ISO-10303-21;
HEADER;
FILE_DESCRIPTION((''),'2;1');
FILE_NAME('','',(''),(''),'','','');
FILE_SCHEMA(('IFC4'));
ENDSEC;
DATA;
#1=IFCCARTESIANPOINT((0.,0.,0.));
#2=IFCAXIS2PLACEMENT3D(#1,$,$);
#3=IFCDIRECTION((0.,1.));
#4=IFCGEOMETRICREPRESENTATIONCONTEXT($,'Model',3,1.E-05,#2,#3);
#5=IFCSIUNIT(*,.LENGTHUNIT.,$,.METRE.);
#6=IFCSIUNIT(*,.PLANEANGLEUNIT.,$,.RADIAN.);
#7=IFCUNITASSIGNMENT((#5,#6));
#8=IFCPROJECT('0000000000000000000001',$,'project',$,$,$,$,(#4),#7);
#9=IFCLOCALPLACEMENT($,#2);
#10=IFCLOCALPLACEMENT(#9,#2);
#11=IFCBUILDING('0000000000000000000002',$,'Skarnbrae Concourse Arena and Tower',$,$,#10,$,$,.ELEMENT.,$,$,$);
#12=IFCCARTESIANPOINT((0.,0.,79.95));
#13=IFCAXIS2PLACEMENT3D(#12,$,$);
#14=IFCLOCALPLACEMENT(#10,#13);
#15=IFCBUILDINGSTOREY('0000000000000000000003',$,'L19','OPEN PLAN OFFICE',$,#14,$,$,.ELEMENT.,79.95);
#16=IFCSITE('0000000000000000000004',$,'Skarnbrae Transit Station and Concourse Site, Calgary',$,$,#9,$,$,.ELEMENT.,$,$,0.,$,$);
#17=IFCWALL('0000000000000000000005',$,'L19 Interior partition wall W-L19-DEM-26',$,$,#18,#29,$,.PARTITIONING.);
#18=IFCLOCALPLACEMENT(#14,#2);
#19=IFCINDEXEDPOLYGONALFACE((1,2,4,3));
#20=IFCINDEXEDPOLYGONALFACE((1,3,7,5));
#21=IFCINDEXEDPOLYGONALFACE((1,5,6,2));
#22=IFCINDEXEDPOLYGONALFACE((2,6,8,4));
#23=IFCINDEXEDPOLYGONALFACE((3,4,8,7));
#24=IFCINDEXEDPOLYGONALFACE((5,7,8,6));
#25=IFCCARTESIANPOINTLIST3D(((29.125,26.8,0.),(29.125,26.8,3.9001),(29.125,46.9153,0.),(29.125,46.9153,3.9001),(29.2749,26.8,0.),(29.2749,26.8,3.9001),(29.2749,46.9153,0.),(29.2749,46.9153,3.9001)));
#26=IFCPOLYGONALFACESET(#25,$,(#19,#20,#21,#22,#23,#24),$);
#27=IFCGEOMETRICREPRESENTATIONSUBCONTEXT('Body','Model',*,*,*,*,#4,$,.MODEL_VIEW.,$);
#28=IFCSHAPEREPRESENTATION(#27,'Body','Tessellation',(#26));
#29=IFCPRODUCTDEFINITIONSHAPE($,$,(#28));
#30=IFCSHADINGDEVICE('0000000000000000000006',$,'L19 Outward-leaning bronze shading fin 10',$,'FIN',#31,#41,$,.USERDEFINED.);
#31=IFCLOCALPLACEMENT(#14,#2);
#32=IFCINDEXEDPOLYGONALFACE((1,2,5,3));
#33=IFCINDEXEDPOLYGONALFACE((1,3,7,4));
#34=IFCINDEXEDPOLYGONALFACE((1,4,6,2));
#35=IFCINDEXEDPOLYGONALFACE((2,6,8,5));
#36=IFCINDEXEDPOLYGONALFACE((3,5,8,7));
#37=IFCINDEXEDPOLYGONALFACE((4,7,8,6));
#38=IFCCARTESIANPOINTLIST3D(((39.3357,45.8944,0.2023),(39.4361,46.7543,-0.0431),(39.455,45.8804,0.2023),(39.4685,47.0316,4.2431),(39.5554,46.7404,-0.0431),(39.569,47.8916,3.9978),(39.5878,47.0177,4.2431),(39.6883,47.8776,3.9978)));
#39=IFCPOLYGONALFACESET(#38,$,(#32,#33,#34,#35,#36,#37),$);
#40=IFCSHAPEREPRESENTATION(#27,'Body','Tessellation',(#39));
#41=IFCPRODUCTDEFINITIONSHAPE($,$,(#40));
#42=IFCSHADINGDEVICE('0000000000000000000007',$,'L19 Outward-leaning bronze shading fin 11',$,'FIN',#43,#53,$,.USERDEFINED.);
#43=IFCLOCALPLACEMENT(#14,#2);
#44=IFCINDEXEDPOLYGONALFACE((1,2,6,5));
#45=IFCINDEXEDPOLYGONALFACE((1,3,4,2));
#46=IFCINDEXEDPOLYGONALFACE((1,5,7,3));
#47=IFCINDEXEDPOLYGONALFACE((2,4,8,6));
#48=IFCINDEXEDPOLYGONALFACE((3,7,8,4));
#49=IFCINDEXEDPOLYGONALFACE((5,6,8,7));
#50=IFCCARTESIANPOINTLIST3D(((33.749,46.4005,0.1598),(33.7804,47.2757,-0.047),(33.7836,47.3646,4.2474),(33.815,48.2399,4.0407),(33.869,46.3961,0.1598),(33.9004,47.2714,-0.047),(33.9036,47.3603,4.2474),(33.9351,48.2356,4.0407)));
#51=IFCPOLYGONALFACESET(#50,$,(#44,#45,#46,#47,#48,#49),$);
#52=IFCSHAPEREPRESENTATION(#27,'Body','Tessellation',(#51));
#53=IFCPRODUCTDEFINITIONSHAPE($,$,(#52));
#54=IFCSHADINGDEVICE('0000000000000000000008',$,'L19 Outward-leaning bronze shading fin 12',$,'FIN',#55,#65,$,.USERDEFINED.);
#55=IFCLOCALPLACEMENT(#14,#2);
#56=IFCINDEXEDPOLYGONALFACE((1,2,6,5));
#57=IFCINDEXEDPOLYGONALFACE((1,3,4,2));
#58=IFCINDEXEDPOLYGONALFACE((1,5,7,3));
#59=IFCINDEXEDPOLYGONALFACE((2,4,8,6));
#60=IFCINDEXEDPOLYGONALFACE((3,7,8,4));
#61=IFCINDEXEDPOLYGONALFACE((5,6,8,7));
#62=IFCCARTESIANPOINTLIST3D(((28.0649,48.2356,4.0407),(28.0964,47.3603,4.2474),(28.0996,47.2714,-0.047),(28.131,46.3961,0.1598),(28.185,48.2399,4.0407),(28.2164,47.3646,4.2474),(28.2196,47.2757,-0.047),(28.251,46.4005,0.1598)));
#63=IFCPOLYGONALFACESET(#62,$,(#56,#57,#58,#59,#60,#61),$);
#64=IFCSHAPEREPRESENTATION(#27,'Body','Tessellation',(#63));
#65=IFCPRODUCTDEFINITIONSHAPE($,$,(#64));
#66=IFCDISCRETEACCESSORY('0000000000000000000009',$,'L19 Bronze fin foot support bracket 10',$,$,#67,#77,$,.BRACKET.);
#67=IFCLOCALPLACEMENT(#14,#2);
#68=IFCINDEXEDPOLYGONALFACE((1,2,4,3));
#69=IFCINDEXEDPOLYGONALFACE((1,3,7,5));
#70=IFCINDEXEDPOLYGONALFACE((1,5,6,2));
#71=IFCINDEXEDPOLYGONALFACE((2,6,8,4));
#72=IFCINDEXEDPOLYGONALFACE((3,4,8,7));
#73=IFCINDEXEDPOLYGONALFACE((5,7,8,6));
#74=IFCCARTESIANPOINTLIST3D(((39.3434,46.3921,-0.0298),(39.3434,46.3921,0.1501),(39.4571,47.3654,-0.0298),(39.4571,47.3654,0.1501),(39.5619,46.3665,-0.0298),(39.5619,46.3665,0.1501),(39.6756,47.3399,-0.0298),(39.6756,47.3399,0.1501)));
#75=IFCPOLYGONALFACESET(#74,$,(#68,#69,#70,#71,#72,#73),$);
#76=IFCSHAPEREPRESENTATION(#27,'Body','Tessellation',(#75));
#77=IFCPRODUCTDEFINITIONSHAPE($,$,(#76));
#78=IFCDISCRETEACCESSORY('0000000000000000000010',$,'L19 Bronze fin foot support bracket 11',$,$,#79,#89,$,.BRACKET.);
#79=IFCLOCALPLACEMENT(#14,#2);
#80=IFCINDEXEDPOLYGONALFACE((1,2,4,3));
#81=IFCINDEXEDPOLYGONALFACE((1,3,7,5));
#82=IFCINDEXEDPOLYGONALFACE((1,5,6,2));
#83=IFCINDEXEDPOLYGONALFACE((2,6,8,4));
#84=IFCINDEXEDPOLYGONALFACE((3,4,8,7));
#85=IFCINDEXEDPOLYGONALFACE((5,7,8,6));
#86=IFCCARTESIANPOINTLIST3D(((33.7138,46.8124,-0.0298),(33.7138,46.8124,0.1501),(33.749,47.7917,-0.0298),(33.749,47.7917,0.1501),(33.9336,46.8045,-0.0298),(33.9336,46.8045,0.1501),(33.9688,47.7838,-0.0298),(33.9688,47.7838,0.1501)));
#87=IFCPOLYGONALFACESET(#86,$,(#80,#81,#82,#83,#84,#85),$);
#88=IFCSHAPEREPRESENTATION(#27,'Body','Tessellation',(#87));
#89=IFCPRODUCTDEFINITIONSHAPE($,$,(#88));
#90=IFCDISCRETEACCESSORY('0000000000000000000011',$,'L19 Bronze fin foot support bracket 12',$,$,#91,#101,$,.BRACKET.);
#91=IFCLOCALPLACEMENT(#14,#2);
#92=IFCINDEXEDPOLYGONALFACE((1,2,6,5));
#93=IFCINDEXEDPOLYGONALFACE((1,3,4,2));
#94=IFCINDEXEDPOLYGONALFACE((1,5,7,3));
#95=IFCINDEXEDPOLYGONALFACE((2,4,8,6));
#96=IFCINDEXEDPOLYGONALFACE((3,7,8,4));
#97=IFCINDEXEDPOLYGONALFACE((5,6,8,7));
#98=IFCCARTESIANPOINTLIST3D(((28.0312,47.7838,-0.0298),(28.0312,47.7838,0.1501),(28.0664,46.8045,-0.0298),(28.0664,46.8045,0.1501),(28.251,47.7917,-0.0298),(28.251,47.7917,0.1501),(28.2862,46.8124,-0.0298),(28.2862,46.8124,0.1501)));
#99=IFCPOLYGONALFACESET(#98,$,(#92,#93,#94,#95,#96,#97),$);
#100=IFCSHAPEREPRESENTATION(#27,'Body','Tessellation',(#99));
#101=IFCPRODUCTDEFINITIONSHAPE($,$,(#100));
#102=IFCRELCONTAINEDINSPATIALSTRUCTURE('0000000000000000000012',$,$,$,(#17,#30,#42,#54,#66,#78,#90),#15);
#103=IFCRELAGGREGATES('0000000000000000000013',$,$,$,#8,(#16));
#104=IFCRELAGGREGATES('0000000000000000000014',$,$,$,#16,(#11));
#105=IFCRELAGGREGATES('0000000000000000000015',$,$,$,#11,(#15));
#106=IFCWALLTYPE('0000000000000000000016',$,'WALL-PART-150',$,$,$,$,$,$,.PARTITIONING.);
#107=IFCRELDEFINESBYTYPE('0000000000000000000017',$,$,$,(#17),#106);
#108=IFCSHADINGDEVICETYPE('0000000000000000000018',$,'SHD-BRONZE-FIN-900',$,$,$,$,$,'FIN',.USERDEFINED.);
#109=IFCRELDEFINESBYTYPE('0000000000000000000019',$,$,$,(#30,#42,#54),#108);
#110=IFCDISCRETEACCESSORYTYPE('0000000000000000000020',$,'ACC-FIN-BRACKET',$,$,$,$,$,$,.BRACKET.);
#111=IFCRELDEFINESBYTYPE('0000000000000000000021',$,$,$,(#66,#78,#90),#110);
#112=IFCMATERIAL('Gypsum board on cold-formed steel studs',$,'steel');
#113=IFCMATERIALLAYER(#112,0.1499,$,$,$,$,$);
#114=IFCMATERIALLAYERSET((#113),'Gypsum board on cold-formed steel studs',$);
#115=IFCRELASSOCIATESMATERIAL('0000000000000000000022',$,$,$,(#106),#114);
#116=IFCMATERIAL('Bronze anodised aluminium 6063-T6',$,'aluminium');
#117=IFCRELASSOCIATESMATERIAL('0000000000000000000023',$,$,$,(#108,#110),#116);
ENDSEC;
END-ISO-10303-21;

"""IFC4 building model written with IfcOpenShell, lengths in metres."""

from ifc_helpers import new_model, si_unit, direction, frame, frame_2d, origin, origin_2d, place, context, subcontext, project, spatial, rectangle, extrude, source, transform, mapped, material, layer, layer_set, type_object, element, save


model = new_model("IFC4")

# Units and contexts
model_context = context("Model", 3, precision=1e-05, world=origin(), true_north=direction((0.0, 1.0)))
body_context = subcontext(model_context, "Body", "Model", "MODEL_VIEW")
ifc_project = project(units=[si_unit("LENGTHUNIT", "METRE"), si_unit("PLANEANGLEUNIT", "RADIAN")], contexts=[model_context])

# Site, building, storey
site_placement = place(None, origin())
site = spatial("IfcSite", under=ifc_project, at=site_placement, Name="Skarnbrae Transit Station and Concourse Site, Calgary", CompositionType="ELEMENT", RefElevation=0.0)
building_placement = place(site_placement, origin())
building = spatial("IfcBuilding", under=site, at=building_placement, Name="Skarnbrae Concourse Arena and Tower", CompositionType="ELEMENT")
storey_placement = place(building_placement, frame((0.0, 0.0, 79.95)))
storey = spatial("IfcBuildingStorey", under=building, at=storey_placement, Name="L19", Description="OPEN PLAN OFFICE", CompositionType="ELEMENT", Elevation=79.95)

# Shared definitions
ifc_material_1 = material(Name="Bronze anodised aluminium 6063-T6", Category="aluminium")

# Wall
ifc_material_2 = material(Name="Gypsum board on cold-formed steel studs", Category="steel")
ifc_layer_1 = layer(ifc_material_2, 0.1499)
ifc_layer_set_1 = layer_set([ifc_layer_1], Name="Gypsum board on cold-formed steel studs")
wall_type = type_object("IfcWallType", Name="WALL-PART-150", PredefinedType="PARTITIONING", material=ifc_layer_set_1)
shared_shape_1 = source(origin(), body_context, "Body", "SweptSolid", [
    extrude(rectangle(XDim=20.1152, YDim=0.1499, at=frame_2d((10.0576, 0.0))), origin(), (0.0, 0.0, 1.0), 3.9001),
])
wall_placement = place(storey_placement, frame((29.2, 46.9153, 0.0), z_axis=(0.0, 0.0, 1.0), x_axis=(0.0, -1.0, 0.0)))
element("IfcWall", 1, at=wall_placement, inside=storey, type_object=wall_type, Name="L19 Interior partition wall W-L19-DEM-26", PredefinedType="PARTITIONING", context=body_context, shape_type="MappedRepresentation", body=[
    mapped(shared_shape_1, transform((0.0, 0.0, 0.0))),
])

# Shading devices
shading_device_type = type_object("IfcShadingDeviceType", Name="SHD-BRONZE-FIN-900", ElementType="FIN", PredefinedType="USERDEFINED", material=ifc_material_1)
shared_shape_2 = source(origin(), body_context, "Body", "SweptSolid", [
    extrude(rectangle(XDim=0.1201, YDim=0.8999, at=origin_2d()), origin(), (0.0, 0.0, 1.0), 4.2),
])
for number, where, z_axis, x_axis, name in (
    (2, (39.4456, 46.3174, 0.0796), (0.031636, 0.270774, 0.962123), (0.993244, -0.116047, 0.0), "L19 Outward-leaning bronze shading fin 10"),
    (3, (33.8247, 46.8359, 0.0564), (0.008245, 0.229562, 0.973259), (0.999356, -0.035894, 0.0), "L19 Outward-leaning bronze shading fin 11"),
    (4, (28.1753, 46.8359, 0.0564), (-0.008245, 0.229562, 0.973259), (0.999356, 0.035894, 0.0), "L19 Outward-leaning bronze shading fin 12"),
):
    element("IfcShadingDevice", number, at=place(storey_placement, frame(where, z_axis=z_axis, x_axis=x_axis)), inside=storey, type_object=shading_device_type, Name=name, ObjectType="FIN", PredefinedType="USERDEFINED", context=body_context, shape_type="MappedRepresentation", body=[
        mapped(shared_shape_2, transform((0.0, 0.0, 0.0))),
    ])

# Discrete accessories
discrete_accessory_type = type_object("IfcDiscreteAccessoryType", Name="ACC-FIN-BRACKET", PredefinedType="BRACKET", material=ifc_material_1)
shared_shape_3 = source(origin(), body_context, "Body", "SweptSolid", [
    extrude(rectangle(XDim=0.22, YDim=0.98, at=origin_2d()), origin(), (0.0, 0.0, 1.0), 0.1799),
])
for number, where, z_axis, x_axis, name in (
    (5, (39.5095, 46.866, -0.0298), (0.0, 0.0, 1.0), (0.993244, -0.116047, 0.0), "L19 Bronze fin foot support bracket 10"),
    (6, (33.8413, 47.2981, -0.0298), (0.0, 0.0, 1.0), (0.999356, -0.035894, 0.0), "L19 Bronze fin foot support bracket 11"),
    (7, (28.1587, 47.2981, -0.0298), (0.0, 0.0, 1.0), (0.999356, 0.035894, 0.0), "L19 Bronze fin foot support bracket 12"),
):
    element("IfcDiscreteAccessory", number, at=place(storey_placement, frame(where, z_axis=z_axis, x_axis=x_axis)), inside=storey, type_object=discrete_accessory_type, Name=name, PredefinedType="BRACKET", context=body_context, shape_type="MappedRepresentation", body=[
        mapped(shared_shape_3, transform((0.0, 0.0, 0.0))),
    ])

save(model, "model.ifc")
